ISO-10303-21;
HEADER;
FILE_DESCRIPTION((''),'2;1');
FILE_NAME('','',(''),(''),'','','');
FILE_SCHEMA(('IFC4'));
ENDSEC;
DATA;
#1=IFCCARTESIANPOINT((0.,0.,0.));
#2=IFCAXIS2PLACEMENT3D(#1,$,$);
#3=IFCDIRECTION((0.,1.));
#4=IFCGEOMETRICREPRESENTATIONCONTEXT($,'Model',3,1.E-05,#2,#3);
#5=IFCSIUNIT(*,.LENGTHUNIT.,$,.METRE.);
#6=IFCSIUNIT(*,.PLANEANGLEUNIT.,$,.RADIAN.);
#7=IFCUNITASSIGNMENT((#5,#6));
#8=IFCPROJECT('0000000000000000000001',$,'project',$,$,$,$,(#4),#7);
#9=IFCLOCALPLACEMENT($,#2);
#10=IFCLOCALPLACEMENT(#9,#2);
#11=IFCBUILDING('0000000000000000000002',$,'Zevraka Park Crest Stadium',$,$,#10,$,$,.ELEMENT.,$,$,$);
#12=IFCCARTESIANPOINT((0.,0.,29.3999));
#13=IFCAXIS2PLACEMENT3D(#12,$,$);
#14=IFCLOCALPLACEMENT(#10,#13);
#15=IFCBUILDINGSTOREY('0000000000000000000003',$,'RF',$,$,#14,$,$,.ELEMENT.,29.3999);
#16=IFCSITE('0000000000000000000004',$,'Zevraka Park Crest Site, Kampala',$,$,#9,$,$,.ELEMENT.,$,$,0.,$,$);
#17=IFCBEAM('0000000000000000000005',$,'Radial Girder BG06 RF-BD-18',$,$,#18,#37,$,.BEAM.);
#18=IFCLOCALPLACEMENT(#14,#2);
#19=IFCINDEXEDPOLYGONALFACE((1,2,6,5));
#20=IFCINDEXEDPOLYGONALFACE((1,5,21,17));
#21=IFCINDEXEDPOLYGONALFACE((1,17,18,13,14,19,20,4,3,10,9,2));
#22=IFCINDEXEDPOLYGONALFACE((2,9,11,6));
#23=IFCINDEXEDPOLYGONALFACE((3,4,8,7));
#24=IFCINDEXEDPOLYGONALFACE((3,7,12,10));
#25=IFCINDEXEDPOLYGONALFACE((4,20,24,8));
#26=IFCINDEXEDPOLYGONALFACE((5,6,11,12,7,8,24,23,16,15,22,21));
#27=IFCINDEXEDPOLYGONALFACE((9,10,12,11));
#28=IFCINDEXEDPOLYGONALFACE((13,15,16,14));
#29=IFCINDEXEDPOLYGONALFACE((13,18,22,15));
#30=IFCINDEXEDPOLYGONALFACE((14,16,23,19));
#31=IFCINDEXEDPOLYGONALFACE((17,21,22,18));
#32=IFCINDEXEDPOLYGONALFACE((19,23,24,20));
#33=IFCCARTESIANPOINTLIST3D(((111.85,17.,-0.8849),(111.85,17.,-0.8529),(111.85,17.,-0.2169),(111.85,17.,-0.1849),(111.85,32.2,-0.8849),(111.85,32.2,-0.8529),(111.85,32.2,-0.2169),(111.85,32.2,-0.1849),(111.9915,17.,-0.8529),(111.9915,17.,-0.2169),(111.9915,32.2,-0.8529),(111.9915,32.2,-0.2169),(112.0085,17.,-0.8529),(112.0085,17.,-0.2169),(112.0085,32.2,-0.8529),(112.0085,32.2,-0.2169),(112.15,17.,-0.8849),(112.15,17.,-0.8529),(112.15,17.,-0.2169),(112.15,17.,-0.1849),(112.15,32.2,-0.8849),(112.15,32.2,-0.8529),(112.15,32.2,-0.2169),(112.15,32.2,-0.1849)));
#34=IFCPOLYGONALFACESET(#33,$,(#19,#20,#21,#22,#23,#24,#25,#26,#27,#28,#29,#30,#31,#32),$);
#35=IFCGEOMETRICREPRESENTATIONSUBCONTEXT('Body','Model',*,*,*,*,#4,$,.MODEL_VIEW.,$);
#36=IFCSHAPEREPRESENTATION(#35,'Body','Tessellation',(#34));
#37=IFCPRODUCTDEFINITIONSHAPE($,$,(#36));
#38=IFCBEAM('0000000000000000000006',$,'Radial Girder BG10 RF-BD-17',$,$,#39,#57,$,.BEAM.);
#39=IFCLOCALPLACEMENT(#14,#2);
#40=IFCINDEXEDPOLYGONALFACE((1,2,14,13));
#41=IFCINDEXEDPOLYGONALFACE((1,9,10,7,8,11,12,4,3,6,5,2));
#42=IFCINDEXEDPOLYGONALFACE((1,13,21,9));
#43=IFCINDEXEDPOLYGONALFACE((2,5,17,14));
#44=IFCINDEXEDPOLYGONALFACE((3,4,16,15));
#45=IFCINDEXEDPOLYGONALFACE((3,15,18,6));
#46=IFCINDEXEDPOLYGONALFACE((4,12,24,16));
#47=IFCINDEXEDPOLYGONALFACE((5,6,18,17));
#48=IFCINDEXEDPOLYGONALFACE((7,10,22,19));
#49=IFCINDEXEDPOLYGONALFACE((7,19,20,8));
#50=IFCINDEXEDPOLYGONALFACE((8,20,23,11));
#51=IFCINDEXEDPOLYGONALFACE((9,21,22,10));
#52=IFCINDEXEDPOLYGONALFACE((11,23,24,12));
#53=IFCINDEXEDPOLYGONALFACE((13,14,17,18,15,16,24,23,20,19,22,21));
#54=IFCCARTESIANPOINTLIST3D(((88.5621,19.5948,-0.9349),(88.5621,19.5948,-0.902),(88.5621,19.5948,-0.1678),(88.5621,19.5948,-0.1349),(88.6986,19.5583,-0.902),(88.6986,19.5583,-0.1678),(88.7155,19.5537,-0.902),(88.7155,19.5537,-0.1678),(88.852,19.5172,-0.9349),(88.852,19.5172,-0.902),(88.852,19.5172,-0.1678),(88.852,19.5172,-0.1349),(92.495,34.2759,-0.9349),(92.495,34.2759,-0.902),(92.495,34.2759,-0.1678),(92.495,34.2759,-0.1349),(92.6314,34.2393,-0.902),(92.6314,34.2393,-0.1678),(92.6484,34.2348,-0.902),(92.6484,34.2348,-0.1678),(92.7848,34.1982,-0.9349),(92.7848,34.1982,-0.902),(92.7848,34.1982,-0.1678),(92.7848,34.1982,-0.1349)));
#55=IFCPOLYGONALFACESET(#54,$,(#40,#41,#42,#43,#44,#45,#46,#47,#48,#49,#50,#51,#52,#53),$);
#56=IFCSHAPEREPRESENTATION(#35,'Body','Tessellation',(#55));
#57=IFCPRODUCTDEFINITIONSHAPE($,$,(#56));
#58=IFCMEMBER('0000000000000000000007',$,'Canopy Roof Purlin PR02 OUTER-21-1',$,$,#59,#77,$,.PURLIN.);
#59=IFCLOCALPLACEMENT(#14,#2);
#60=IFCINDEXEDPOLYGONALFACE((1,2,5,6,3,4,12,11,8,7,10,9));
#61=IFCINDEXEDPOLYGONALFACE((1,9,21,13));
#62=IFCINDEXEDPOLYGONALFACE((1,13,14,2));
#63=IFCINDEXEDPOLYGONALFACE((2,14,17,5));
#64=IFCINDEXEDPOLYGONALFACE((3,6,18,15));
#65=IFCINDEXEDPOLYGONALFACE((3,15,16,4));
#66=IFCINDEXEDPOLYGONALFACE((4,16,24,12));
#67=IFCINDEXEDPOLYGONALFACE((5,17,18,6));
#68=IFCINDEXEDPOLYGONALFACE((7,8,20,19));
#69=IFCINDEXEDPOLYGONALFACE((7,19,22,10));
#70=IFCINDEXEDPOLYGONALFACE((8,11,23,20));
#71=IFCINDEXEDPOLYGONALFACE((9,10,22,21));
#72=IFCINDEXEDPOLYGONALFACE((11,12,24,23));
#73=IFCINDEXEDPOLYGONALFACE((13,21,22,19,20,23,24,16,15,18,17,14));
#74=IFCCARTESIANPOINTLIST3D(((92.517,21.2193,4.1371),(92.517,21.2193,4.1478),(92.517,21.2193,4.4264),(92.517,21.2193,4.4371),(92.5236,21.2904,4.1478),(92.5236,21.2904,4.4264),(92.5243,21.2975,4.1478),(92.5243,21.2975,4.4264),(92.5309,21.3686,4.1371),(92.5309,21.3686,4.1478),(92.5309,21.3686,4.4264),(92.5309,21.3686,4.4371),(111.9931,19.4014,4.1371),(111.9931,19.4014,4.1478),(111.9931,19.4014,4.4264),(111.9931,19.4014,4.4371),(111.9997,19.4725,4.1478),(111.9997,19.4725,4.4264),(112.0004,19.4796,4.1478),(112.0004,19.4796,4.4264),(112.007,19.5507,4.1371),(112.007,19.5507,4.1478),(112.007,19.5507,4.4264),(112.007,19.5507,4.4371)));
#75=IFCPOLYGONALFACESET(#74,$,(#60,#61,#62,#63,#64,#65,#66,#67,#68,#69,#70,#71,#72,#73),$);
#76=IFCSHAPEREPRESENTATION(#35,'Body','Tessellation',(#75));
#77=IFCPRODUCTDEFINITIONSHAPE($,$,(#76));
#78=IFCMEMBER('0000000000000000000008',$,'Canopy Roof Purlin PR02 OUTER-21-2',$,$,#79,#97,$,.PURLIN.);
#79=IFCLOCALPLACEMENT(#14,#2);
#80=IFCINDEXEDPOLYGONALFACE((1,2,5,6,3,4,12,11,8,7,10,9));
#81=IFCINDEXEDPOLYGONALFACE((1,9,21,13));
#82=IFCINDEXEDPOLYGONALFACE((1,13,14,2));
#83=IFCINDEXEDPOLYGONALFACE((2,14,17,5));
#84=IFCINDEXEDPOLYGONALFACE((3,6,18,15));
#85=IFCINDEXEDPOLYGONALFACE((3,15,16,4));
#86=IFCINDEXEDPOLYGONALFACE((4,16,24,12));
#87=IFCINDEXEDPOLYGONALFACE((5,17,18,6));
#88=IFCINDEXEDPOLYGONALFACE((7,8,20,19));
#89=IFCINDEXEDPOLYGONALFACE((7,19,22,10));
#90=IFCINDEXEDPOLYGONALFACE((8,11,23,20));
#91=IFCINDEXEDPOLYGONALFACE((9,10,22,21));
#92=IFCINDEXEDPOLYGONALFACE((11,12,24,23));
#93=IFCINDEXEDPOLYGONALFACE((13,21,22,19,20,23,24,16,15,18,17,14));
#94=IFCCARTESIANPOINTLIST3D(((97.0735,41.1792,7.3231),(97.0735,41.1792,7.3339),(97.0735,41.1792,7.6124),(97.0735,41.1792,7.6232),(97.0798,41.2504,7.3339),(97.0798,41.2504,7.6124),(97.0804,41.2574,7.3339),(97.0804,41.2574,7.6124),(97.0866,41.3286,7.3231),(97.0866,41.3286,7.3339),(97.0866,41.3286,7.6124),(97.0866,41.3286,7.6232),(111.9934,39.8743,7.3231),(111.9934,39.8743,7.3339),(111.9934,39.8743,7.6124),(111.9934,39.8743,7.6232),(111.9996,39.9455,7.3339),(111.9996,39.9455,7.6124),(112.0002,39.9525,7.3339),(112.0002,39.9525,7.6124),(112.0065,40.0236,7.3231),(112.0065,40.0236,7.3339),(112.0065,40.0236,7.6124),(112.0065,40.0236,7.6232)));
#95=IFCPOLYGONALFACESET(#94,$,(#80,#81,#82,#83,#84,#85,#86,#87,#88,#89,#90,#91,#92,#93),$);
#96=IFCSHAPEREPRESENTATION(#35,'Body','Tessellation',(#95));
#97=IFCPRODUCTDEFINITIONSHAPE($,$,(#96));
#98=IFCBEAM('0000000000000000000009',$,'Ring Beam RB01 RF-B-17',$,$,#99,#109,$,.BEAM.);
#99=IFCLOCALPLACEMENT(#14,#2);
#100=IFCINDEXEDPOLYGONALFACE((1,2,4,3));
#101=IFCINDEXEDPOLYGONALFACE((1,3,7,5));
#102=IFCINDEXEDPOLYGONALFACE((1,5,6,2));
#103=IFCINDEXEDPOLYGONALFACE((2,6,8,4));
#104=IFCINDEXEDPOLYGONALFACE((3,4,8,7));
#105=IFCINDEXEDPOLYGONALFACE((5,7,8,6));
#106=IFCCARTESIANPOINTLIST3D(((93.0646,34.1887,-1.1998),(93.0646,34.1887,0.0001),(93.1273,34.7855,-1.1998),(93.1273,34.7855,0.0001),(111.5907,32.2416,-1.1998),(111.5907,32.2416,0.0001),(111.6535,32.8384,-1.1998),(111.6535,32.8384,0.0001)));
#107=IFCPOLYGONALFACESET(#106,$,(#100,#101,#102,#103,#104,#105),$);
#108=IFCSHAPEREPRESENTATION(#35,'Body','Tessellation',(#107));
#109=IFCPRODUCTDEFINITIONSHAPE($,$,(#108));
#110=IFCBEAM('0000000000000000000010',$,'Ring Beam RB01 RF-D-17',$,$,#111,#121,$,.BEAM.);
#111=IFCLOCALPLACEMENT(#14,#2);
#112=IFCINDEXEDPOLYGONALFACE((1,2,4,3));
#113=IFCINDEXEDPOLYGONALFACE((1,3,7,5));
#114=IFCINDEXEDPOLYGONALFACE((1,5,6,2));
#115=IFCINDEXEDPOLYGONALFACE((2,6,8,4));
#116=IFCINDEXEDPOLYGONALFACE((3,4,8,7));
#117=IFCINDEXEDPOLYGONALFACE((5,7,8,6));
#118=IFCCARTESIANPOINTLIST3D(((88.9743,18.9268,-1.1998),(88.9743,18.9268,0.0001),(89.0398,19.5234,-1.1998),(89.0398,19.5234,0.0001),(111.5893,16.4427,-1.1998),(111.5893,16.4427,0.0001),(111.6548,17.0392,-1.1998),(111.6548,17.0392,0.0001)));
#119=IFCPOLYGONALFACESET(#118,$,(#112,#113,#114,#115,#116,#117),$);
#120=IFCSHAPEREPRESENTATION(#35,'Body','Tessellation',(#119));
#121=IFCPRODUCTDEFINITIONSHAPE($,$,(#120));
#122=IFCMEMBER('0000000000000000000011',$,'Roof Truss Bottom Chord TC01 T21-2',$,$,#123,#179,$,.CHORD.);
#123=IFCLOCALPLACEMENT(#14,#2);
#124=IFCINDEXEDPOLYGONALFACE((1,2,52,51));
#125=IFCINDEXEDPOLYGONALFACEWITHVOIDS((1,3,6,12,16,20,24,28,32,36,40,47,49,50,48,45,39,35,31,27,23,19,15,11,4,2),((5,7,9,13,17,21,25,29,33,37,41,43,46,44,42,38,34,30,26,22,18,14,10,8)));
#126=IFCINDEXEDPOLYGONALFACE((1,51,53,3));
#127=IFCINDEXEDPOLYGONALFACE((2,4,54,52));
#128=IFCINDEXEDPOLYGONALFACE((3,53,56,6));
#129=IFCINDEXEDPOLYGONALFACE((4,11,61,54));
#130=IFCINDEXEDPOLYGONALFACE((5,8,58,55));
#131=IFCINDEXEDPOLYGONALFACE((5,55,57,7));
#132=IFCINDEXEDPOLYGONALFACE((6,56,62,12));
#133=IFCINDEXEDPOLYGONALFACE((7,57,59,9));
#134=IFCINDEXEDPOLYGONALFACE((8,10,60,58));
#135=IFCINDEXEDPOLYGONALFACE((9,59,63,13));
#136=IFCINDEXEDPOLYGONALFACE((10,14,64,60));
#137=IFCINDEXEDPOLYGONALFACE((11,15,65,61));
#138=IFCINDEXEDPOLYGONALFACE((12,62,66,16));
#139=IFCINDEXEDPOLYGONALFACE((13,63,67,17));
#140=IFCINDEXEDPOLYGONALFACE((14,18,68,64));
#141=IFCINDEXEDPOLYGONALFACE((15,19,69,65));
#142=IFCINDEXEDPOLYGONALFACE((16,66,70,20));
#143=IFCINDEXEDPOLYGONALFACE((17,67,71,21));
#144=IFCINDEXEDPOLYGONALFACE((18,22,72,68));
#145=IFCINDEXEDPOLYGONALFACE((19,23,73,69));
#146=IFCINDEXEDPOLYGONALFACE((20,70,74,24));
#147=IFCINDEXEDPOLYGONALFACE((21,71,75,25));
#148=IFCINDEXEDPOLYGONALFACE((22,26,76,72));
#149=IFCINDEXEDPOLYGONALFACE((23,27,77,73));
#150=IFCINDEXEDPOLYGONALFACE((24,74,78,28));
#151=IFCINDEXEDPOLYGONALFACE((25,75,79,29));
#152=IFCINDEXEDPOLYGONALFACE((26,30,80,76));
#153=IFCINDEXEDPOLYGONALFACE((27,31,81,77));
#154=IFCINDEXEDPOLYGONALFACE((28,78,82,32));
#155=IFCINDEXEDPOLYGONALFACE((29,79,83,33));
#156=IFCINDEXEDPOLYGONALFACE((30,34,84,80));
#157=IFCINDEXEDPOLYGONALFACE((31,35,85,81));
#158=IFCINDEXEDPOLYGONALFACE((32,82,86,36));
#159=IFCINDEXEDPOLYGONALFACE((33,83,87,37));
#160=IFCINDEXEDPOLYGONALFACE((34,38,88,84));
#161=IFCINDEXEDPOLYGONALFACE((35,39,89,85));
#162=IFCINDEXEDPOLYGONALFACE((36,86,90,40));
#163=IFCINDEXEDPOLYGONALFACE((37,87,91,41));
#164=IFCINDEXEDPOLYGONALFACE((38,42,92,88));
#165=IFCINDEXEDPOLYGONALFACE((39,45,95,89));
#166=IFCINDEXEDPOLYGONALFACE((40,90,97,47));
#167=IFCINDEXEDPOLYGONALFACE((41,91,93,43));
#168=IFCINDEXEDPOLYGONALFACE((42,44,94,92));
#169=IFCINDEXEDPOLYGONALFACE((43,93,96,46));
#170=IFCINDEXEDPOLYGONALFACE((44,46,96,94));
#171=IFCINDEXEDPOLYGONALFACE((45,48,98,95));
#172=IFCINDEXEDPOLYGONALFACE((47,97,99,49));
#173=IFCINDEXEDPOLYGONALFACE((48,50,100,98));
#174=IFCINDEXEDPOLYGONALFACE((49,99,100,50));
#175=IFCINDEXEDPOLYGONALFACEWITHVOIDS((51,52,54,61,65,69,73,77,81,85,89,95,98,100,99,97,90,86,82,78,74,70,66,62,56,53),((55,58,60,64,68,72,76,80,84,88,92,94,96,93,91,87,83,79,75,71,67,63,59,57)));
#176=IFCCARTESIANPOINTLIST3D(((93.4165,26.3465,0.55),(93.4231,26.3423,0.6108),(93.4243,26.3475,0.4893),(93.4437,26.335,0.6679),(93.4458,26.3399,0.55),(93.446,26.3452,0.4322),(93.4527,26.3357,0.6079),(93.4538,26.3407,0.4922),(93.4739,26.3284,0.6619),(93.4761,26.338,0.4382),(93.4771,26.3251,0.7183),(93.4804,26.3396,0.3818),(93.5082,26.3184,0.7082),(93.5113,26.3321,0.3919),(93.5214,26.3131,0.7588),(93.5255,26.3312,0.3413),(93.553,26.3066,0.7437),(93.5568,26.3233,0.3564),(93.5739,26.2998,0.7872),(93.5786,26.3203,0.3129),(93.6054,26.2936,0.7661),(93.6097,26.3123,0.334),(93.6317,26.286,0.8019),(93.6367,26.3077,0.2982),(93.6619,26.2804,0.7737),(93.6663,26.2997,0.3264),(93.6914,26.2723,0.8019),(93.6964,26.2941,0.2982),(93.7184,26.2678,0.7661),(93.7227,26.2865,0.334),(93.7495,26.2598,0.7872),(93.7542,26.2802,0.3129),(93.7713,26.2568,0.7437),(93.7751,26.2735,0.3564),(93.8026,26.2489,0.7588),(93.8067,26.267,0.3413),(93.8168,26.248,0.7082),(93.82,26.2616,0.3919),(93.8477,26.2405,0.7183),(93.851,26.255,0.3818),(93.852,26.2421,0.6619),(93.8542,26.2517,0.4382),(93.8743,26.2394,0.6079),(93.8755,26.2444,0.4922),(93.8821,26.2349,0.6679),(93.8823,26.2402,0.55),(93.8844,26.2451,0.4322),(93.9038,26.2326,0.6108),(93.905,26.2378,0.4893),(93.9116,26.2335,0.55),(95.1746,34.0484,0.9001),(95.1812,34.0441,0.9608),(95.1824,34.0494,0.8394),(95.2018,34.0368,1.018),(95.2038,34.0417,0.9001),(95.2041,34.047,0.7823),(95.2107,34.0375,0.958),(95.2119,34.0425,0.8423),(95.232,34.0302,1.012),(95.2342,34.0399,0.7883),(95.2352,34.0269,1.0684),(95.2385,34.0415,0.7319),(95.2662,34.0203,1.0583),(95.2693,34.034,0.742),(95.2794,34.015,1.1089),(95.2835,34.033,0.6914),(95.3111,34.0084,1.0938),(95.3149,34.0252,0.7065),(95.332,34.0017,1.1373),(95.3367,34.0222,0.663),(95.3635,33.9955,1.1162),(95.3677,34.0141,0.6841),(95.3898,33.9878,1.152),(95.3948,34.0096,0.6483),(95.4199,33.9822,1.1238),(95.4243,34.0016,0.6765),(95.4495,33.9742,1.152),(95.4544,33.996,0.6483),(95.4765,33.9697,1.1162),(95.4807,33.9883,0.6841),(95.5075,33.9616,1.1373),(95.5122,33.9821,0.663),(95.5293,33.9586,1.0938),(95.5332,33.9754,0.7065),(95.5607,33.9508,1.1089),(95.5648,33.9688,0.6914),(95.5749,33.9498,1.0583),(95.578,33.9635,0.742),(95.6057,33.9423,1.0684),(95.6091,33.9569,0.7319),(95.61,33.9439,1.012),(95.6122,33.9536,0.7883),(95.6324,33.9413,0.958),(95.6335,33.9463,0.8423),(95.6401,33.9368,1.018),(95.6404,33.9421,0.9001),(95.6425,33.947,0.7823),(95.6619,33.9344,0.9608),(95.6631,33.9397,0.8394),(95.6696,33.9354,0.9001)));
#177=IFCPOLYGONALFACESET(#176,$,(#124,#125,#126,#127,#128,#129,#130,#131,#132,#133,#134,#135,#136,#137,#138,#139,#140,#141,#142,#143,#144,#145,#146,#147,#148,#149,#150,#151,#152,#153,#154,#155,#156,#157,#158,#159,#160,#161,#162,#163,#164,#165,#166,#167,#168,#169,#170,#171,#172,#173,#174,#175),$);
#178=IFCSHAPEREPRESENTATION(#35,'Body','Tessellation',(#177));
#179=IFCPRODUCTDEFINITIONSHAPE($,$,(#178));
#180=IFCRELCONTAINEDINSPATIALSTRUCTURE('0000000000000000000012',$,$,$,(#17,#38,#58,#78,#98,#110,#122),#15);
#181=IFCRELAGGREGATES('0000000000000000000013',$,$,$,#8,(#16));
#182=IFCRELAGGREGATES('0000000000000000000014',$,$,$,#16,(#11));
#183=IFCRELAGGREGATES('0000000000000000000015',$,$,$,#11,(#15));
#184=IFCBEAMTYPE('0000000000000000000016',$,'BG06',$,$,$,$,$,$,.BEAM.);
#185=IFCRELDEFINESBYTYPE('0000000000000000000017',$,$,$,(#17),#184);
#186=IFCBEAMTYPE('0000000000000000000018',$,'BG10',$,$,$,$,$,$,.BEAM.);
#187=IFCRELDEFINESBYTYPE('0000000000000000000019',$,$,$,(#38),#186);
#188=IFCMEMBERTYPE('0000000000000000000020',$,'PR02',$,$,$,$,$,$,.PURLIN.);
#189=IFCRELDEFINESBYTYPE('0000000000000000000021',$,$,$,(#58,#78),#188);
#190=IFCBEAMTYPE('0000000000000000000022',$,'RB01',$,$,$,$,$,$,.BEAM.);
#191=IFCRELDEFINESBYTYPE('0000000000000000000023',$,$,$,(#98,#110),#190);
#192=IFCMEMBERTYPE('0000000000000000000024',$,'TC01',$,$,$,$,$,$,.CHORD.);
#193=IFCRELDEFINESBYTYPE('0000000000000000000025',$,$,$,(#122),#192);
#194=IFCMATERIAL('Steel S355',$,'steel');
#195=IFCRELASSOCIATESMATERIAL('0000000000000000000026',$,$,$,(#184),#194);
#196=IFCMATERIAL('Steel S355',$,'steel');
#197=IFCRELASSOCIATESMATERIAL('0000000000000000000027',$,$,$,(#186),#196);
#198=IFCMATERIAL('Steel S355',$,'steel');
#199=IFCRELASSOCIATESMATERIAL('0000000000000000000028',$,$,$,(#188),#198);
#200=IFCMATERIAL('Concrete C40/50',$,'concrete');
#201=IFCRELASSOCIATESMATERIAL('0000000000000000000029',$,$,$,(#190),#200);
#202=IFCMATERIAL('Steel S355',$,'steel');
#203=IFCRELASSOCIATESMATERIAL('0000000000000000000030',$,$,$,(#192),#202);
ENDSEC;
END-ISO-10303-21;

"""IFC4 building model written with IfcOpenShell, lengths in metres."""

from ifc_helpers import new_model, si_unit, direction, frame, origin, origin_2d, place, context, subcontext, project, spatial, rectangle, hollow_circle, i_section, extrude, material, material_profile, profile_set, type_object, element, save


model = new_model("IFC4")

# Units and contexts
model_context = context("Model", 3, precision=1e-05, world=origin(), true_north=direction((0.0, 1.0)))
body_context = subcontext(model_context, "Body", "Model", "MODEL_VIEW")
ifc_project = project(units=[si_unit("LENGTHUNIT", "METRE"), si_unit("PLANEANGLEUNIT", "RADIAN")], contexts=[model_context])

# Site, building, storey
site_placement = place(None, origin())
site = spatial("IfcSite", under=ifc_project, at=site_placement, Name="Zevraka Park Crest Site, Kampala", CompositionType="ELEMENT", RefElevation=0.0)
building_placement = place(site_placement, origin())
building = spatial("IfcBuilding", under=site, at=building_placement, Name="Zevraka Park Crest Stadium", CompositionType="ELEMENT")
storey_placement = place(building_placement, frame((0.0, 0.0, 29.3999)))
storey = spatial("IfcBuildingStorey", under=building, at=storey_placement, Name="RF", CompositionType="ELEMENT", Elevation=29.3999)

# Beams
ifc_material_1 = material(Name="Steel S355", Category="steel")
ifc_material_profile_1 = material_profile(ifc_material_1, i_section(OverallWidth=0.3, OverallDepth=0.7, WebThickness=0.0171, FlangeThickness=0.032, at=origin_2d()), Name="HEB 700")
ifc_profile_set_1 = profile_set([ifc_material_profile_1], Name="Steel S355")
beam_type_1 = type_object("IfcBeamType", Name="BG06", PredefinedType="BEAM", material=ifc_profile_set_1)
beam_1_placement = place(storey_placement, frame((112.0, 32.2, -0.5349), z_axis=(0.0, -1.0, 0.0), x_axis=(1.0, 0.0, 0.0)))
element("IfcBeam", 1, at=beam_1_placement, inside=storey, type_object=beam_type_1, Name="Radial Girder BG06 RF-BD-18", PredefinedType="BEAM", context=body_context, shape_type="SweptSolid", body=[
    extrude(i_section(OverallWidth=0.3, OverallDepth=0.7, WebThickness=0.0171, FlangeThickness=0.032, at=origin_2d()), origin(), (0.0, 0.0, 1.0), 15.2),
])
ifc_material_2 = material(Name="Steel S355", Category="steel")
ifc_material_profile_2 = material_profile(ifc_material_2, i_section(OverallWidth=0.3, OverallDepth=0.8, WebThickness=0.0176, FlangeThickness=0.033, at=origin_2d()), Name="HEB 800")
ifc_profile_set_2 = profile_set([ifc_material_profile_2], Name="Steel S355")
beam_type_2 = type_object("IfcBeamType", Name="BG10", PredefinedType="BEAM", material=ifc_profile_set_2)
beam_2_placement = place(storey_placement, frame((92.6399, 34.2371, -0.5349), z_axis=(-0.258761, -0.965941, 0.0), x_axis=(0.965941, -0.258761, 0.0)))
element("IfcBeam", 2, at=beam_2_placement, inside=storey, type_object=beam_type_2, Name="Radial Girder BG10 RF-BD-17", PredefinedType="BEAM", context=body_context, shape_type="SweptSolid", body=[
    extrude(i_section(OverallWidth=0.3, OverallDepth=0.8, WebThickness=0.0176, FlangeThickness=0.033, at=origin_2d()), origin(), (0.0, 0.0, 1.0), 15.1987),
])

# Members
ifc_material_3 = material(Name="Steel S355", Category="steel")
ifc_material_profile_3 = material_profile(ifc_material_3, i_section(OverallWidth=0.1499, OverallDepth=0.3, WebThickness=0.0071, FlangeThickness=0.0107, at=origin_2d()), Name="IPE 300")
ifc_profile_set_3 = profile_set([ifc_material_profile_3], Name="Steel S355")
member_type_1 = type_object("IfcMemberType", Name="PR02", PredefinedType="PURLIN", material=ifc_profile_set_3)
member_1_placement = place(storey_placement, frame((92.5239, 21.2939, 4.2871), z_axis=(0.995672, -0.092935, 0.0), x_axis=(0.092935, 0.995672, 0.0)))
element("IfcMember", 3, at=member_1_placement, inside=storey, type_object=member_type_1, Name="Canopy Roof Purlin PR02 OUTER-21-1", PredefinedType="PURLIN", context=body_context, shape_type="SweptSolid", body=[
    extrude(i_section(OverallWidth=0.1499, OverallDepth=0.3, WebThickness=0.0071, FlangeThickness=0.0107, at=origin_2d()), origin(), (0.0, 0.0, 1.0), 19.5608),
])
member_2_placement = place(storey_placement, frame((97.0801, 41.2539, 7.4731), z_axis=(0.996197, -0.08713, 0.0), x_axis=(0.08713, 0.996197, 0.0)))
element("IfcMember", 4, at=member_2_placement, inside=storey, type_object=member_type_1, Name="Canopy Roof Purlin PR02 OUTER-21-2", PredefinedType="PURLIN", context=body_context, shape_type="SweptSolid", body=[
    extrude(i_section(OverallWidth=0.1499, OverallDepth=0.3, WebThickness=0.0071, FlangeThickness=0.0107, at=origin_2d()), origin(), (0.0, 0.0, 1.0), 14.9768),
])

# Beams
ifc_material_4 = material(Name="Concrete C40/50", Category="concrete")
ifc_material_profile_4 = material_profile(ifc_material_4, rectangle(XDim=0.6001, YDim=1.2, at=origin_2d()), Name="RC 1200x600")
ifc_profile_set_4 = profile_set([ifc_material_profile_4], Name="Concrete C40/50")
beam_type_3 = type_object("IfcBeamType", Name="RB01", PredefinedType="BEAM", material=ifc_profile_set_4)
beam_3_placement = place(storey_placement, frame((93.0959, 34.4871, -0.5999), z_axis=(0.994523, -0.10452, 0.0), x_axis=(0.10452, 0.994523, 0.0)))
element("IfcBeam", 5, at=beam_3_placement, inside=storey, type_object=beam_type_3, Name="Ring Beam RB01 RF-B-17", PredefinedType="BEAM", context=body_context, shape_type="SweptSolid", body=[
    extrude(rectangle(XDim=0.6001, YDim=1.2, at=origin_2d()), origin(), (0.0, 0.0, 1.0), 18.6282),
])
beam_4_placement = place(storey_placement, frame((89.0071, 19.2251, -0.5999), z_axis=(0.994021, -0.109188, 0.0), x_axis=(0.109188, 0.994021, 0.0)))
element("IfcBeam", 6, at=beam_4_placement, inside=storey, type_object=beam_type_3, Name="Ring Beam RB01 RF-D-17", PredefinedType="BEAM", context=body_context, shape_type="SweptSolid", body=[
    extrude(rectangle(XDim=0.6001, YDim=1.2, at=origin_2d()), origin(), (0.0, 0.0, 1.0), 22.751),
])

# Member
ifc_material_5 = material(Name="Steel S355", Category="steel")
ifc_material_profile_5 = material_profile(ifc_material_5, hollow_circle(Radius=0.2539, WallThickness=0.03, at=origin_2d()), Name="CHS 508.0x30")
ifc_profile_set_5 = profile_set([ifc_material_profile_5], Name="Steel S355")
member_type_2 = type_object("IfcMemberType", Name="TC01", PredefinedType="CHORD", material=ifc_profile_set_5)
member_3_placement = place(storey_placement, frame((93.6641, 26.29, 0.55), z_axis=(0.22232, 0.973968, 0.044273), x_axis=(-0.974924, 0.222539, 0.0)))
element("IfcMember", 7, at=member_3_placement, inside=storey, type_object=member_type_2, Name="Roof Truss Bottom Chord TC01 T21-2", PredefinedType="CHORD", context=body_context, shape_type="SweptSolid", body=[
    extrude(hollow_circle(Radius=0.2539, WallThickness=0.03, at=origin_2d()), origin(), (0.0, 0.0, 1.0), 7.9077),
])

save(model, "model.ifc")
